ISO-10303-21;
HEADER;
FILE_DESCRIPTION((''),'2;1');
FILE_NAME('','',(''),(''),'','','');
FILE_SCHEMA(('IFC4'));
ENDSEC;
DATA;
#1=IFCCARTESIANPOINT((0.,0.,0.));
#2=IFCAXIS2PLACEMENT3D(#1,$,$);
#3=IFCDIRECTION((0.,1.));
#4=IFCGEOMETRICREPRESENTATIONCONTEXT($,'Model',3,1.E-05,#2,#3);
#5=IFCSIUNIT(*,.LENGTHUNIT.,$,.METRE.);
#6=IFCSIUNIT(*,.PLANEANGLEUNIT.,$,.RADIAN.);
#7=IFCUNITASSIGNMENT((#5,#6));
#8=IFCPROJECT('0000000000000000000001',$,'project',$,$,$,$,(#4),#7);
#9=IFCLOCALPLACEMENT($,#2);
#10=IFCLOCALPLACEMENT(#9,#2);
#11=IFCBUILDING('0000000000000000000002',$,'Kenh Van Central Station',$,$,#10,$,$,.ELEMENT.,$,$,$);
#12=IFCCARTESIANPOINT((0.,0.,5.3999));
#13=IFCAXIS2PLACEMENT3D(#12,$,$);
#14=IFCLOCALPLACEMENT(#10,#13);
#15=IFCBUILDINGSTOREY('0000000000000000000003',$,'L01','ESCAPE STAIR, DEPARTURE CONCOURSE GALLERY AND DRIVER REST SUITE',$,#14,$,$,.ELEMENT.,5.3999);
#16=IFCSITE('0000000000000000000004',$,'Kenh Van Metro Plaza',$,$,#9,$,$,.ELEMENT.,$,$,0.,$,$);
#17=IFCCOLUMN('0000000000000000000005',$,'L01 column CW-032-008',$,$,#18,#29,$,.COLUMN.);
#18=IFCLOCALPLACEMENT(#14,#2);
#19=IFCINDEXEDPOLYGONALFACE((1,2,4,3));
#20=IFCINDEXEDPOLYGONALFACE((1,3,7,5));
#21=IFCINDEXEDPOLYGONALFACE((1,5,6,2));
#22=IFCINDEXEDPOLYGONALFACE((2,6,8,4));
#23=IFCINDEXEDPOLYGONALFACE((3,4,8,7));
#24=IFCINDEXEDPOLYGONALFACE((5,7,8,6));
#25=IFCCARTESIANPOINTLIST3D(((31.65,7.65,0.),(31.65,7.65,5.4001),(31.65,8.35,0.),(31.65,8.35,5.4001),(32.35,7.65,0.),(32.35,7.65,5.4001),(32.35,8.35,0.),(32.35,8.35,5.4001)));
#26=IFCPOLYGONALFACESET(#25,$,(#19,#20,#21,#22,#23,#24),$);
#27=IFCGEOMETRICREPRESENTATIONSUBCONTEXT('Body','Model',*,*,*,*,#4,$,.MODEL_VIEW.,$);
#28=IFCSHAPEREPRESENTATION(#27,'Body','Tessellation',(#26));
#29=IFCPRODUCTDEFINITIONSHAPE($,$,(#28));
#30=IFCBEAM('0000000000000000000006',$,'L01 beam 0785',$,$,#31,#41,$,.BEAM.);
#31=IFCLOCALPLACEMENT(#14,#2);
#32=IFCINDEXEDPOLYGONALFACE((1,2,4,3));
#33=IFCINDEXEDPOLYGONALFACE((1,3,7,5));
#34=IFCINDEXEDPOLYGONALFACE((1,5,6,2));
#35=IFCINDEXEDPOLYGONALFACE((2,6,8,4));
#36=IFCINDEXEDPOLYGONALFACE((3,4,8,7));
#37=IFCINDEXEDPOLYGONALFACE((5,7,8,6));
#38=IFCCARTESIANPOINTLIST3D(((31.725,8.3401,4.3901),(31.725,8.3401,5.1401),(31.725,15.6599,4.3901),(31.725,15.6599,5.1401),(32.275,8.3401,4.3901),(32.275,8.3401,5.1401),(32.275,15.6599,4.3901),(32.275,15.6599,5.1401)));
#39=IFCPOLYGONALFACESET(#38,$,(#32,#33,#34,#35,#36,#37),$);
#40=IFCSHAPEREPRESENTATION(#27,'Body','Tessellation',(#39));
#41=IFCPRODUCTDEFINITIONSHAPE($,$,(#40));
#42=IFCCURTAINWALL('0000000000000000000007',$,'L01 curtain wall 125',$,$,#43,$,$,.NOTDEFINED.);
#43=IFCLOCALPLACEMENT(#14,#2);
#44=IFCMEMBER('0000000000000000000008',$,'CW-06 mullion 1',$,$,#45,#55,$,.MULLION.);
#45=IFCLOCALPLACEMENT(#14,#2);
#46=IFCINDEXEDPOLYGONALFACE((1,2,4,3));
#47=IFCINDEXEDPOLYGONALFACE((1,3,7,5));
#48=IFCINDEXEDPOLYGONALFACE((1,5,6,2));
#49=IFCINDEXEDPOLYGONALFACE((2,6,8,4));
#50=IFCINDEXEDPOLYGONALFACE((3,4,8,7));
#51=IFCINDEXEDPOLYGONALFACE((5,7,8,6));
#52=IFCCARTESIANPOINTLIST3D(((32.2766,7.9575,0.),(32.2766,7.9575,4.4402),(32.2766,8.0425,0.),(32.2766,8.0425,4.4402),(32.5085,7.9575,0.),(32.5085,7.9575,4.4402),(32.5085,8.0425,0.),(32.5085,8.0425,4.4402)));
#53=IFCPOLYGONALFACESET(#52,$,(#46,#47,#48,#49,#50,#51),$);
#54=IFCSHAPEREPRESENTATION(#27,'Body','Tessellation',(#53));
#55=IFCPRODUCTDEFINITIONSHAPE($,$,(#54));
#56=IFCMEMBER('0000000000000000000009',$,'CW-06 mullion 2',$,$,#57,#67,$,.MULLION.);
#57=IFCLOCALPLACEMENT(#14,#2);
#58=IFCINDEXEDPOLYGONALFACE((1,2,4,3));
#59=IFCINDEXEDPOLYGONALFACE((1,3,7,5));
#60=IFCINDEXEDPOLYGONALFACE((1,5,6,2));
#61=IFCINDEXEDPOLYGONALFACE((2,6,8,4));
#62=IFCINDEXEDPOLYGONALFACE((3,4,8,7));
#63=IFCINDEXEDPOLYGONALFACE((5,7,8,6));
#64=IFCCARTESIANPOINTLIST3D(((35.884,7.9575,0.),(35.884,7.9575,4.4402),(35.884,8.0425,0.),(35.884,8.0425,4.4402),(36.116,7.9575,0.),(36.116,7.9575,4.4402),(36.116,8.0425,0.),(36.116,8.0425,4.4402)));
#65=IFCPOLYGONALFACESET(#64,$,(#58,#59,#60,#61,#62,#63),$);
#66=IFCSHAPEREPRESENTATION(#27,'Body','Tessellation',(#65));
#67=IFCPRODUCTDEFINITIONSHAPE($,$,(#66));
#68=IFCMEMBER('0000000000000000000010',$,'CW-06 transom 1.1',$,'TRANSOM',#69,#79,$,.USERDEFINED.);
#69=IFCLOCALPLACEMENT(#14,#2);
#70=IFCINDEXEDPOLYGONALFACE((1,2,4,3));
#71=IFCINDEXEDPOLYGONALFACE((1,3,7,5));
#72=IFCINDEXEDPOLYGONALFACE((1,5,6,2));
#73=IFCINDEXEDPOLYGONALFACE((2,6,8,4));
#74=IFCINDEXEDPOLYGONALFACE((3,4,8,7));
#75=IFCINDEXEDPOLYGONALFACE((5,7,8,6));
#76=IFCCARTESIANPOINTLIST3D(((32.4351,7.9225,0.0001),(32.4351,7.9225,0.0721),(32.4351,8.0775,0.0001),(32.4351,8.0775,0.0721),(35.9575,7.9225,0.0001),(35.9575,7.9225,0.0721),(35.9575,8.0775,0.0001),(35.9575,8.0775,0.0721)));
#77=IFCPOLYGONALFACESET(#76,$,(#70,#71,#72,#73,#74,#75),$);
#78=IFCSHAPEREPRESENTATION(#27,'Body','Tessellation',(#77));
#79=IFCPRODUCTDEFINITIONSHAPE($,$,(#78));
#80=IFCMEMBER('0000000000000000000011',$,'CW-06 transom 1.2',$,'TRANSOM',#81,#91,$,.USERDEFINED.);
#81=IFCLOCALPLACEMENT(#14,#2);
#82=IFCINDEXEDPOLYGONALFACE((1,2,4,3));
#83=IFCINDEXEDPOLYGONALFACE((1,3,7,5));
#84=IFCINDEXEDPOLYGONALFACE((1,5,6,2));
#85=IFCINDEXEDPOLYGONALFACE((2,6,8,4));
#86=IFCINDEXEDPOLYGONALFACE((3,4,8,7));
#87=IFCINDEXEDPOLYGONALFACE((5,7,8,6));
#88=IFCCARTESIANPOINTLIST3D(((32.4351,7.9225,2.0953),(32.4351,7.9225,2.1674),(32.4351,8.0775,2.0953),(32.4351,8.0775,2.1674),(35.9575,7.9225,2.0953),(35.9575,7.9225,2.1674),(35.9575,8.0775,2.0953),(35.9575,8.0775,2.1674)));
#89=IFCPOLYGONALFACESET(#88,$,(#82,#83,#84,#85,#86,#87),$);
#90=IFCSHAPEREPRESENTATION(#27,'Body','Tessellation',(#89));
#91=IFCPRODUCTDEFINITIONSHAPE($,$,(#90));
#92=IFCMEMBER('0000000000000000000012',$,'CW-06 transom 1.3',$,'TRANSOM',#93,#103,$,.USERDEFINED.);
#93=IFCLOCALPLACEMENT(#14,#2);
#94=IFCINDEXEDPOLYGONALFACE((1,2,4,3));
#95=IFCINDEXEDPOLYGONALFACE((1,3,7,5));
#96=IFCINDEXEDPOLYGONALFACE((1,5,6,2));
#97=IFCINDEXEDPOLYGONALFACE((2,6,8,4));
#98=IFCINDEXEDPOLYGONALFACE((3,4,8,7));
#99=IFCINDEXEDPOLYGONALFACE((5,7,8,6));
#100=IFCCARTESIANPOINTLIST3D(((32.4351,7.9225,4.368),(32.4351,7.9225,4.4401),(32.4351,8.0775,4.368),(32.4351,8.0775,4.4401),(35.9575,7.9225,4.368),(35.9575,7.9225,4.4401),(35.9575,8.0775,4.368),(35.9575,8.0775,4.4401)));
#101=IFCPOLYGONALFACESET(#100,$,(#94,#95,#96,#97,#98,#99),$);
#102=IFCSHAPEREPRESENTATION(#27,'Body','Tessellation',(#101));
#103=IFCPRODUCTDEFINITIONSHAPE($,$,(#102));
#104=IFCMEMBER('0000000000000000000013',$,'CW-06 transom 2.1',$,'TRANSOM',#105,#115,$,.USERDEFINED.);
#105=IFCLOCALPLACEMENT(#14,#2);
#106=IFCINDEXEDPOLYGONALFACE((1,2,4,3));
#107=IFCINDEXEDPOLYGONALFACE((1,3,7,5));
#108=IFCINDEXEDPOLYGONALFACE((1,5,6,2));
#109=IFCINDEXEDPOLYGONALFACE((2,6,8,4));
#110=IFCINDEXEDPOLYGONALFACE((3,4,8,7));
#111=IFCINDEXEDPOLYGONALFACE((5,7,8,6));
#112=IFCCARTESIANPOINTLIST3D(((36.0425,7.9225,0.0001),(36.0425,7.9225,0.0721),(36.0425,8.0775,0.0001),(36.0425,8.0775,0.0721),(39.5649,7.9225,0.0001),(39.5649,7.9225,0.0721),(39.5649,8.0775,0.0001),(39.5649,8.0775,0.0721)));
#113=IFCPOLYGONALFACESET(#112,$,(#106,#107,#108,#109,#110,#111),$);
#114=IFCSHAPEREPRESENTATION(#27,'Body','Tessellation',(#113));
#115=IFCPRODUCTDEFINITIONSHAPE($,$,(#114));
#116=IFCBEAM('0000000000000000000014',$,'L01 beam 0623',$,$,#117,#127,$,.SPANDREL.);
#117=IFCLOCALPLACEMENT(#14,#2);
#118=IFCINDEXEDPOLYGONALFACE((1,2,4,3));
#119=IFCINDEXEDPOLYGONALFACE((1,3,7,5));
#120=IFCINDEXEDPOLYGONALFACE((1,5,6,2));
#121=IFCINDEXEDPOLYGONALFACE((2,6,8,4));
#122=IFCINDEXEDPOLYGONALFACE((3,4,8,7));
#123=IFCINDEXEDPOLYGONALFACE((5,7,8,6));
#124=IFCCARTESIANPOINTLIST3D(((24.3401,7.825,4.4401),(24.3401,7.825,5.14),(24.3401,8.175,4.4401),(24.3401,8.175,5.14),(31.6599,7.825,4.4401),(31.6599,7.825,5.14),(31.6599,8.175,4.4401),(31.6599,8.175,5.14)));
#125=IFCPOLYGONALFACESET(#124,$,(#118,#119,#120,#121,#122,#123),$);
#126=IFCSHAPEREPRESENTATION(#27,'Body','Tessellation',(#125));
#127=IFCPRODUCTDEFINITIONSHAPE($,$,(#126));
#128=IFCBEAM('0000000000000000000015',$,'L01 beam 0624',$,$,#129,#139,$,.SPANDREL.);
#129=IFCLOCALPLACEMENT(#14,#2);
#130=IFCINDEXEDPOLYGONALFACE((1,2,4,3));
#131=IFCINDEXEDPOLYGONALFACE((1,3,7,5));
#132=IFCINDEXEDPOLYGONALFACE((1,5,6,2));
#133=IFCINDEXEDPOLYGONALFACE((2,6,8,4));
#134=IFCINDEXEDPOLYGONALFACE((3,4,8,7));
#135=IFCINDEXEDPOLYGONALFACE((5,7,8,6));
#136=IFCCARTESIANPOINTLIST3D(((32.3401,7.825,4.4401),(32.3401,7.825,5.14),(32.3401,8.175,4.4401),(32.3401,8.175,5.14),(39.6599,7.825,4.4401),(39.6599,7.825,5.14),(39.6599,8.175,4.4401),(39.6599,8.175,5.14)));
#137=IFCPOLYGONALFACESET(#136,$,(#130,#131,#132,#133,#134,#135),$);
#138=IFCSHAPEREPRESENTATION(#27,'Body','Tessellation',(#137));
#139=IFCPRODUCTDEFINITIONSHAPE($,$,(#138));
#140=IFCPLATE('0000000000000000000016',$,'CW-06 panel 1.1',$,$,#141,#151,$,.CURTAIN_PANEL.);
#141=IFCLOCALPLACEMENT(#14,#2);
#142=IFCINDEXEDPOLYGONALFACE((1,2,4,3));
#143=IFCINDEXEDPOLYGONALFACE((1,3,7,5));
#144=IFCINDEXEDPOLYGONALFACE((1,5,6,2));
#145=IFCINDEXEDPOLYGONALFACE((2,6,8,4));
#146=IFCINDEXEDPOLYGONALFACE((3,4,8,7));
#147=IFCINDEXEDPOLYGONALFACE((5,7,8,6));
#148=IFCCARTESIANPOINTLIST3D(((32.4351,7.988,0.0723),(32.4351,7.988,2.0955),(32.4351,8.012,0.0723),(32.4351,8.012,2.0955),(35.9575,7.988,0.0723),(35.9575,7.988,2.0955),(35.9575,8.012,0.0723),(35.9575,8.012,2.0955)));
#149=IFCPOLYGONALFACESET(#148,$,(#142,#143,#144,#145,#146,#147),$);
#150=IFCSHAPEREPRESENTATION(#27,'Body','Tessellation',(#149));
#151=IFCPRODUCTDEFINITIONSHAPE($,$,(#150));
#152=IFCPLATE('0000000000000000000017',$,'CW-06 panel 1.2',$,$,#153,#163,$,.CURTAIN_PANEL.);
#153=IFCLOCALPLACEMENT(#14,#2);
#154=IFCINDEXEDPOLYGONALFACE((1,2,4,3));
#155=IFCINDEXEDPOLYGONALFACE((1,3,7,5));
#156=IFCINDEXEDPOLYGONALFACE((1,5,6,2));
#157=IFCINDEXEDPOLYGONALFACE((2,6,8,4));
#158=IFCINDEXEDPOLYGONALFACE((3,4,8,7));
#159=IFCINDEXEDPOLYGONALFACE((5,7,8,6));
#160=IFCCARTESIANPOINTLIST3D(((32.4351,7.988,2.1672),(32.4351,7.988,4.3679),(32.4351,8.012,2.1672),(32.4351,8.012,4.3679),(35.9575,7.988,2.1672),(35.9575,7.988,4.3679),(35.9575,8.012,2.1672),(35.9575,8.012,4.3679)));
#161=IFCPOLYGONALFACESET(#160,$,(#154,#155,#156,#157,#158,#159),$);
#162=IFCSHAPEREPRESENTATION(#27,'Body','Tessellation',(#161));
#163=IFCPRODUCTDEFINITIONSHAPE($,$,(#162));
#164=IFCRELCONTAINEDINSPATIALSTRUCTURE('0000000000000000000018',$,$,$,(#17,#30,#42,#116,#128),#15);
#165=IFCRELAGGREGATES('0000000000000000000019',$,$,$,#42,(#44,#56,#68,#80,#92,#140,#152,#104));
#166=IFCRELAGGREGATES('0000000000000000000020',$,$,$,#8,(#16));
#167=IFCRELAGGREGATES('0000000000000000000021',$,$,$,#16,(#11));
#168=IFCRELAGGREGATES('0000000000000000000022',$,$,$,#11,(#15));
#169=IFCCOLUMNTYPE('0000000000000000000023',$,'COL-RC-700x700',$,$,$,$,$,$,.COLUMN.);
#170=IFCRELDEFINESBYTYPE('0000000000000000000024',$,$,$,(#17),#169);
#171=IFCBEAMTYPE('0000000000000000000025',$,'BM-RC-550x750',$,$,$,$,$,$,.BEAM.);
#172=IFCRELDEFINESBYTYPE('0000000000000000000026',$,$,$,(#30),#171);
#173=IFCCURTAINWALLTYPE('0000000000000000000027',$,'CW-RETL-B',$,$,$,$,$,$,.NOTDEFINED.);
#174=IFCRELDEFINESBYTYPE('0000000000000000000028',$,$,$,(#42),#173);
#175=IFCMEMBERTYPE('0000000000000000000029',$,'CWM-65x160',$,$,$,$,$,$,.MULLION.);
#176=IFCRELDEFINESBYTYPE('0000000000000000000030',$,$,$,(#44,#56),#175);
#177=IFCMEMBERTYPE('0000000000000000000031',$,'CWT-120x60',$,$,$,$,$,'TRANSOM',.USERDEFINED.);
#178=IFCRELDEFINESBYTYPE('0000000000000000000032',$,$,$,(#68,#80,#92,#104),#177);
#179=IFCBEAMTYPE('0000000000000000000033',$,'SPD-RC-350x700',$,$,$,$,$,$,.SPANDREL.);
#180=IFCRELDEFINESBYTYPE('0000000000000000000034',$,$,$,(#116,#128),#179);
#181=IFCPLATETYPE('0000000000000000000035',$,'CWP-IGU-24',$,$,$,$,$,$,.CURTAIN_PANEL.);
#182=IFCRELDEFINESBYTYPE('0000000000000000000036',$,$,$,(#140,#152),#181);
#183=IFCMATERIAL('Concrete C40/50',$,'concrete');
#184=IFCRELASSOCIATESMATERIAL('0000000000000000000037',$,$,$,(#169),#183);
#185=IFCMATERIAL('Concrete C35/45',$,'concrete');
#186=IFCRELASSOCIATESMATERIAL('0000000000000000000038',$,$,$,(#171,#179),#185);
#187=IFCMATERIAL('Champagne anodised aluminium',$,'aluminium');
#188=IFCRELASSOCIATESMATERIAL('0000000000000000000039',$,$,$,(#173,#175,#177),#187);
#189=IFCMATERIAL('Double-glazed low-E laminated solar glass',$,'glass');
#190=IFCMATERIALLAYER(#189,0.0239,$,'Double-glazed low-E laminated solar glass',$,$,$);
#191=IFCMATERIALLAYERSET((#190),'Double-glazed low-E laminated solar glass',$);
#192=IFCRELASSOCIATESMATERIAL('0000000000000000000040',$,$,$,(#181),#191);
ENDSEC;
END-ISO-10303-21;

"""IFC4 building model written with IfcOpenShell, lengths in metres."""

from ifc_helpers import new_model, si_unit, direction, frame, origin, origin_2d, place, context, subcontext, project, spatial, rectangle, extrude, material, layer, layer_set, material_profile, profile_set, type_object, element, aggregate, save


model = new_model("IFC4")

# Units and contexts
model_context = context("Model", 3, precision=1e-05, world=origin(), true_north=direction((0.0, 1.0)))
body_context = subcontext(model_context, "Body", "Model", "MODEL_VIEW")
ifc_project = project(units=[si_unit("LENGTHUNIT", "METRE"), si_unit("PLANEANGLEUNIT", "RADIAN")], contexts=[model_context])

# Site, building, storey
site_placement = place(None, origin())
site = spatial("IfcSite", under=ifc_project, at=site_placement, Name="Kenh Van Metro Plaza", CompositionType="ELEMENT", RefElevation=0.0)
building_placement = place(site_placement, origin())
building = spatial("IfcBuilding", under=site, at=building_placement, Name="Kenh Van Central Station", CompositionType="ELEMENT")
storey_placement = place(building_placement, frame((0.0, 0.0, 5.3999)))
storey = spatial("IfcBuildingStorey", under=building, at=storey_placement, Name="L01", Description="ESCAPE STAIR, DEPARTURE CONCOURSE GALLERY AND DRIVER REST SUITE", CompositionType="ELEMENT", Elevation=5.3999)

# Column
ifc_material_1 = material(Name="Concrete C40/50", Category="concrete")
ifc_material_profile_1 = material_profile(ifc_material_1, rectangle(XDim=0.7, YDim=0.7, at=origin_2d()), Name="RC 700x700")
ifc_profile_set_1 = profile_set([ifc_material_profile_1], Name="Concrete C40/50")
column_type = type_object("IfcColumnType", Name="COL-RC-700x700", PredefinedType="COLUMN", material=ifc_profile_set_1)
column_placement = place(storey_placement, frame((32.0, 8.0, 0.0), z_axis=(0.0, 0.0, 1.0), x_axis=(1.0, 0.0, 0.0)))
element("IfcColumn", 1, at=column_placement, inside=storey, type_object=column_type, Name="L01 column CW-032-008", PredefinedType="COLUMN", context=body_context, shape_type="SweptSolid", body=[
    extrude(rectangle(XDim=0.7, YDim=0.7, at=origin_2d()), origin(), (0.0, 0.0, 1.0), 5.4001),
])

# Beam
ifc_material_2 = material(Name="Concrete C35/45", Category="concrete")
ifc_material_profile_2 = material_profile(ifc_material_2, rectangle(XDim=0.55, YDim=0.75, at=origin_2d()), Name="RC 550x750")
ifc_profile_set_2 = profile_set([ifc_material_profile_2], Name="Concrete C35/45")
beam_type_1 = type_object("IfcBeamType", Name="BM-RC-550x750", PredefinedType="BEAM", material=ifc_profile_set_2)
beam_placement = place(storey_placement, frame((32.0, 8.3401, 4.7651), z_axis=(0.0, 1.0, 0.0), x_axis=(-1.0, 0.0, 0.0)))
element("IfcBeam", 2, at=beam_placement, inside=storey, type_object=beam_type_1, Name="L01 beam 0785", PredefinedType="BEAM", context=body_context, shape_type="SweptSolid", body=[
    extrude(rectangle(XDim=0.55, YDim=0.75, at=origin_2d()), origin(), (0.0, 0.0, 1.0), 7.3198),
])

# Curtain wall, members
ifc_material_3 = material(Name="Champagne anodised aluminium", Category="aluminium")
curtain_wall_type = type_object("IfcCurtainWallType", Name="CW-RETL-B", PredefinedType="NOTDEFINED", material=ifc_material_3)
curtain_wall_placement = place(storey_placement, origin())
curtain_wall = element("IfcCurtainWall", 3, at=curtain_wall_placement, inside=storey, type_object=curtain_wall_type, Name="L01 curtain wall 125", PredefinedType="NOTDEFINED")
ifc_material_profile_3 = material_profile(ifc_material_3, rectangle(XDim=0.085, YDim=0.2319, at=origin_2d()), Name="AL 85x232")
ifc_profile_set_3 = profile_set([ifc_material_profile_3], Name="Champagne anodised aluminium")
member_type_1 = type_object("IfcMemberType", Name="CWM-65x160", PredefinedType="MULLION", material=ifc_profile_set_3)
member_1_placement = place(storey_placement, frame((32.3926, 8.0, 0.0), z_axis=(0.0, 0.0, 1.0), x_axis=(0.0, 1.0, 0.0)))
member_1 = element("IfcMember", 4, at=member_1_placement, type_object=member_type_1, Name="CW-06 mullion 1", PredefinedType="MULLION", context=body_context, shape_type="SweptSolid", body=[
    extrude(rectangle(XDim=0.085, YDim=0.2319, at=origin_2d()), origin(), (0.0, 0.0, 1.0), 4.4402),
])
member_2_placement = place(storey_placement, frame((36.0, 8.0, 0.0), z_axis=(0.0, 0.0, 1.0), x_axis=(0.0, 1.0, 0.0)))
member_2 = element("IfcMember", 5, at=member_2_placement, type_object=member_type_1, Name="CW-06 mullion 2", PredefinedType="MULLION", context=body_context, shape_type="SweptSolid", body=[
    extrude(rectangle(XDim=0.085, YDim=0.2319, at=origin_2d()), origin(), (0.0, 0.0, 1.0), 4.4402),
])
ifc_material_profile_4 = material_profile(ifc_material_3, rectangle(XDim=0.155, YDim=0.072, at=origin_2d()), Name="AL 155x72")
ifc_profile_set_4 = profile_set([ifc_material_profile_4], Name="Champagne anodised aluminium")
member_type_2 = type_object("IfcMemberType", Name="CWT-120x60", ElementType="TRANSOM", PredefinedType="USERDEFINED", material=ifc_profile_set_4)
member_3_placement = place(storey_placement, frame((32.4351, 8.0, 0.0361), z_axis=(1.0, 0.0, 0.0), x_axis=(0.0, 1.0, 0.0)))
member_3 = element("IfcMember", 6, at=member_3_placement, type_object=member_type_2, Name="CW-06 transom 1.1", ObjectType="TRANSOM", PredefinedType="USERDEFINED", context=body_context, shape_type="SweptSolid", body=[
    extrude(rectangle(XDim=0.155, YDim=0.072, at=origin_2d()), origin(), (0.0, 0.0, 1.0), 3.5225),
])
member_4_placement = place(storey_placement, frame((32.4351, 8.0, 2.1313), z_axis=(1.0, 0.0, 0.0), x_axis=(0.0, 1.0, 0.0)))
member_4 = element("IfcMember", 7, at=member_4_placement, type_object=member_type_2, Name="CW-06 transom 1.2", ObjectType="TRANSOM", PredefinedType="USERDEFINED", context=body_context, shape_type="SweptSolid", body=[
    extrude(rectangle(XDim=0.155, YDim=0.072, at=origin_2d()), origin(), (0.0, 0.0, 1.0), 3.5225),
])
member_5_placement = place(storey_placement, frame((32.4351, 8.0, 4.4041), z_axis=(1.0, 0.0, 0.0), x_axis=(0.0, 1.0, 0.0)))
member_5 = element("IfcMember", 8, at=member_5_placement, type_object=member_type_2, Name="CW-06 transom 1.3", ObjectType="TRANSOM", PredefinedType="USERDEFINED", context=body_context, shape_type="SweptSolid", body=[
    extrude(rectangle(XDim=0.155, YDim=0.072, at=origin_2d()), origin(), (0.0, 0.0, 1.0), 3.5225),
])
member_6_placement = place(storey_placement, frame((36.0425, 8.0, 0.0361), z_axis=(1.0, 0.0, 0.0), x_axis=(0.0, 1.0, 0.0)))
member_6 = element("IfcMember", 9, at=member_6_placement, type_object=member_type_2, Name="CW-06 transom 2.1", ObjectType="TRANSOM", PredefinedType="USERDEFINED", context=body_context, shape_type="SweptSolid", body=[
    extrude(rectangle(XDim=0.155, YDim=0.072, at=origin_2d()), origin(), (0.0, 0.0, 1.0), 3.5225),
])

# Beams
ifc_material_profile_5 = material_profile(ifc_material_2, rectangle(XDim=0.3501, YDim=0.7, at=origin_2d()), Name="RC 350x700")
ifc_profile_set_5 = profile_set([ifc_material_profile_5], Name="Concrete C35/45")
beam_type_2 = type_object("IfcBeamType", Name="SPD-RC-350x700", PredefinedType="SPANDREL", material=ifc_profile_set_5)
for number, where, z_axis, x_axis, name in (
    (10, (24.3401, 8.0, 4.79), (1.0, 0.0, 0.0), (0.0, 1.0, 0.0), "L01 beam 0623"),
    (11, (32.3401, 8.0, 4.79), (1.0, 0.0, 0.0), (0.0, 1.0, 0.0), "L01 beam 0624"),
):
    element("IfcBeam", number, at=place(storey_placement, frame(where, z_axis=z_axis, x_axis=x_axis)), inside=storey, type_object=beam_type_2, Name=name, PredefinedType="SPANDREL", context=body_context, shape_type="SweptSolid", body=[
        extrude(rectangle(XDim=0.3501, YDim=0.7, at=origin_2d()), origin(), (0.0, 0.0, 1.0), 7.3198),
    ])

# Plates
ifc_material_4 = material(Name="Double-glazed low-E laminated solar glass", Category="glass")
ifc_layer_1 = layer(ifc_material_4, 0.0239, Name="Double-glazed low-E laminated solar glass")
ifc_layer_set_1 = layer_set([ifc_layer_1], Name="Double-glazed low-E laminated solar glass")
plate_type = type_object("IfcPlateType", Name="CWP-IGU-24", PredefinedType="CURTAIN_PANEL", material=ifc_layer_set_1)
plate_1_placement = place(storey_placement, frame((34.1963, 8.0, 0.0723), z_axis=(0.0, 0.0, 1.0), x_axis=(1.0, 0.0, 0.0)))
plate_1 = element("IfcPlate", 12, at=plate_1_placement, type_object=plate_type, Name="CW-06 panel 1.1", PredefinedType="CURTAIN_PANEL", context=body_context, shape_type="SweptSolid", body=[
    extrude(rectangle(XDim=3.5225, YDim=0.0239, at=origin_2d()), origin(), (0.0, 0.0, 1.0), 2.0232),
])
plate_2_placement = place(storey_placement, frame((34.1963, 8.0, 2.1672), z_axis=(0.0, 0.0, 1.0), x_axis=(1.0, 0.0, 0.0)))
plate_2 = element("IfcPlate", 13, at=plate_2_placement, type_object=plate_type, Name="CW-06 panel 1.2", PredefinedType="CURTAIN_PANEL", context=body_context, shape_type="SweptSolid", body=[
    extrude(rectangle(XDim=3.5225, YDim=0.0239, at=origin_2d()), origin(), (0.0, 0.0, 1.0), 2.2007),
])
aggregate(curtain_wall, [member_1, member_2, member_3, member_4, member_5, plate_1, plate_2, member_6])

save(model, "model.ifc")
